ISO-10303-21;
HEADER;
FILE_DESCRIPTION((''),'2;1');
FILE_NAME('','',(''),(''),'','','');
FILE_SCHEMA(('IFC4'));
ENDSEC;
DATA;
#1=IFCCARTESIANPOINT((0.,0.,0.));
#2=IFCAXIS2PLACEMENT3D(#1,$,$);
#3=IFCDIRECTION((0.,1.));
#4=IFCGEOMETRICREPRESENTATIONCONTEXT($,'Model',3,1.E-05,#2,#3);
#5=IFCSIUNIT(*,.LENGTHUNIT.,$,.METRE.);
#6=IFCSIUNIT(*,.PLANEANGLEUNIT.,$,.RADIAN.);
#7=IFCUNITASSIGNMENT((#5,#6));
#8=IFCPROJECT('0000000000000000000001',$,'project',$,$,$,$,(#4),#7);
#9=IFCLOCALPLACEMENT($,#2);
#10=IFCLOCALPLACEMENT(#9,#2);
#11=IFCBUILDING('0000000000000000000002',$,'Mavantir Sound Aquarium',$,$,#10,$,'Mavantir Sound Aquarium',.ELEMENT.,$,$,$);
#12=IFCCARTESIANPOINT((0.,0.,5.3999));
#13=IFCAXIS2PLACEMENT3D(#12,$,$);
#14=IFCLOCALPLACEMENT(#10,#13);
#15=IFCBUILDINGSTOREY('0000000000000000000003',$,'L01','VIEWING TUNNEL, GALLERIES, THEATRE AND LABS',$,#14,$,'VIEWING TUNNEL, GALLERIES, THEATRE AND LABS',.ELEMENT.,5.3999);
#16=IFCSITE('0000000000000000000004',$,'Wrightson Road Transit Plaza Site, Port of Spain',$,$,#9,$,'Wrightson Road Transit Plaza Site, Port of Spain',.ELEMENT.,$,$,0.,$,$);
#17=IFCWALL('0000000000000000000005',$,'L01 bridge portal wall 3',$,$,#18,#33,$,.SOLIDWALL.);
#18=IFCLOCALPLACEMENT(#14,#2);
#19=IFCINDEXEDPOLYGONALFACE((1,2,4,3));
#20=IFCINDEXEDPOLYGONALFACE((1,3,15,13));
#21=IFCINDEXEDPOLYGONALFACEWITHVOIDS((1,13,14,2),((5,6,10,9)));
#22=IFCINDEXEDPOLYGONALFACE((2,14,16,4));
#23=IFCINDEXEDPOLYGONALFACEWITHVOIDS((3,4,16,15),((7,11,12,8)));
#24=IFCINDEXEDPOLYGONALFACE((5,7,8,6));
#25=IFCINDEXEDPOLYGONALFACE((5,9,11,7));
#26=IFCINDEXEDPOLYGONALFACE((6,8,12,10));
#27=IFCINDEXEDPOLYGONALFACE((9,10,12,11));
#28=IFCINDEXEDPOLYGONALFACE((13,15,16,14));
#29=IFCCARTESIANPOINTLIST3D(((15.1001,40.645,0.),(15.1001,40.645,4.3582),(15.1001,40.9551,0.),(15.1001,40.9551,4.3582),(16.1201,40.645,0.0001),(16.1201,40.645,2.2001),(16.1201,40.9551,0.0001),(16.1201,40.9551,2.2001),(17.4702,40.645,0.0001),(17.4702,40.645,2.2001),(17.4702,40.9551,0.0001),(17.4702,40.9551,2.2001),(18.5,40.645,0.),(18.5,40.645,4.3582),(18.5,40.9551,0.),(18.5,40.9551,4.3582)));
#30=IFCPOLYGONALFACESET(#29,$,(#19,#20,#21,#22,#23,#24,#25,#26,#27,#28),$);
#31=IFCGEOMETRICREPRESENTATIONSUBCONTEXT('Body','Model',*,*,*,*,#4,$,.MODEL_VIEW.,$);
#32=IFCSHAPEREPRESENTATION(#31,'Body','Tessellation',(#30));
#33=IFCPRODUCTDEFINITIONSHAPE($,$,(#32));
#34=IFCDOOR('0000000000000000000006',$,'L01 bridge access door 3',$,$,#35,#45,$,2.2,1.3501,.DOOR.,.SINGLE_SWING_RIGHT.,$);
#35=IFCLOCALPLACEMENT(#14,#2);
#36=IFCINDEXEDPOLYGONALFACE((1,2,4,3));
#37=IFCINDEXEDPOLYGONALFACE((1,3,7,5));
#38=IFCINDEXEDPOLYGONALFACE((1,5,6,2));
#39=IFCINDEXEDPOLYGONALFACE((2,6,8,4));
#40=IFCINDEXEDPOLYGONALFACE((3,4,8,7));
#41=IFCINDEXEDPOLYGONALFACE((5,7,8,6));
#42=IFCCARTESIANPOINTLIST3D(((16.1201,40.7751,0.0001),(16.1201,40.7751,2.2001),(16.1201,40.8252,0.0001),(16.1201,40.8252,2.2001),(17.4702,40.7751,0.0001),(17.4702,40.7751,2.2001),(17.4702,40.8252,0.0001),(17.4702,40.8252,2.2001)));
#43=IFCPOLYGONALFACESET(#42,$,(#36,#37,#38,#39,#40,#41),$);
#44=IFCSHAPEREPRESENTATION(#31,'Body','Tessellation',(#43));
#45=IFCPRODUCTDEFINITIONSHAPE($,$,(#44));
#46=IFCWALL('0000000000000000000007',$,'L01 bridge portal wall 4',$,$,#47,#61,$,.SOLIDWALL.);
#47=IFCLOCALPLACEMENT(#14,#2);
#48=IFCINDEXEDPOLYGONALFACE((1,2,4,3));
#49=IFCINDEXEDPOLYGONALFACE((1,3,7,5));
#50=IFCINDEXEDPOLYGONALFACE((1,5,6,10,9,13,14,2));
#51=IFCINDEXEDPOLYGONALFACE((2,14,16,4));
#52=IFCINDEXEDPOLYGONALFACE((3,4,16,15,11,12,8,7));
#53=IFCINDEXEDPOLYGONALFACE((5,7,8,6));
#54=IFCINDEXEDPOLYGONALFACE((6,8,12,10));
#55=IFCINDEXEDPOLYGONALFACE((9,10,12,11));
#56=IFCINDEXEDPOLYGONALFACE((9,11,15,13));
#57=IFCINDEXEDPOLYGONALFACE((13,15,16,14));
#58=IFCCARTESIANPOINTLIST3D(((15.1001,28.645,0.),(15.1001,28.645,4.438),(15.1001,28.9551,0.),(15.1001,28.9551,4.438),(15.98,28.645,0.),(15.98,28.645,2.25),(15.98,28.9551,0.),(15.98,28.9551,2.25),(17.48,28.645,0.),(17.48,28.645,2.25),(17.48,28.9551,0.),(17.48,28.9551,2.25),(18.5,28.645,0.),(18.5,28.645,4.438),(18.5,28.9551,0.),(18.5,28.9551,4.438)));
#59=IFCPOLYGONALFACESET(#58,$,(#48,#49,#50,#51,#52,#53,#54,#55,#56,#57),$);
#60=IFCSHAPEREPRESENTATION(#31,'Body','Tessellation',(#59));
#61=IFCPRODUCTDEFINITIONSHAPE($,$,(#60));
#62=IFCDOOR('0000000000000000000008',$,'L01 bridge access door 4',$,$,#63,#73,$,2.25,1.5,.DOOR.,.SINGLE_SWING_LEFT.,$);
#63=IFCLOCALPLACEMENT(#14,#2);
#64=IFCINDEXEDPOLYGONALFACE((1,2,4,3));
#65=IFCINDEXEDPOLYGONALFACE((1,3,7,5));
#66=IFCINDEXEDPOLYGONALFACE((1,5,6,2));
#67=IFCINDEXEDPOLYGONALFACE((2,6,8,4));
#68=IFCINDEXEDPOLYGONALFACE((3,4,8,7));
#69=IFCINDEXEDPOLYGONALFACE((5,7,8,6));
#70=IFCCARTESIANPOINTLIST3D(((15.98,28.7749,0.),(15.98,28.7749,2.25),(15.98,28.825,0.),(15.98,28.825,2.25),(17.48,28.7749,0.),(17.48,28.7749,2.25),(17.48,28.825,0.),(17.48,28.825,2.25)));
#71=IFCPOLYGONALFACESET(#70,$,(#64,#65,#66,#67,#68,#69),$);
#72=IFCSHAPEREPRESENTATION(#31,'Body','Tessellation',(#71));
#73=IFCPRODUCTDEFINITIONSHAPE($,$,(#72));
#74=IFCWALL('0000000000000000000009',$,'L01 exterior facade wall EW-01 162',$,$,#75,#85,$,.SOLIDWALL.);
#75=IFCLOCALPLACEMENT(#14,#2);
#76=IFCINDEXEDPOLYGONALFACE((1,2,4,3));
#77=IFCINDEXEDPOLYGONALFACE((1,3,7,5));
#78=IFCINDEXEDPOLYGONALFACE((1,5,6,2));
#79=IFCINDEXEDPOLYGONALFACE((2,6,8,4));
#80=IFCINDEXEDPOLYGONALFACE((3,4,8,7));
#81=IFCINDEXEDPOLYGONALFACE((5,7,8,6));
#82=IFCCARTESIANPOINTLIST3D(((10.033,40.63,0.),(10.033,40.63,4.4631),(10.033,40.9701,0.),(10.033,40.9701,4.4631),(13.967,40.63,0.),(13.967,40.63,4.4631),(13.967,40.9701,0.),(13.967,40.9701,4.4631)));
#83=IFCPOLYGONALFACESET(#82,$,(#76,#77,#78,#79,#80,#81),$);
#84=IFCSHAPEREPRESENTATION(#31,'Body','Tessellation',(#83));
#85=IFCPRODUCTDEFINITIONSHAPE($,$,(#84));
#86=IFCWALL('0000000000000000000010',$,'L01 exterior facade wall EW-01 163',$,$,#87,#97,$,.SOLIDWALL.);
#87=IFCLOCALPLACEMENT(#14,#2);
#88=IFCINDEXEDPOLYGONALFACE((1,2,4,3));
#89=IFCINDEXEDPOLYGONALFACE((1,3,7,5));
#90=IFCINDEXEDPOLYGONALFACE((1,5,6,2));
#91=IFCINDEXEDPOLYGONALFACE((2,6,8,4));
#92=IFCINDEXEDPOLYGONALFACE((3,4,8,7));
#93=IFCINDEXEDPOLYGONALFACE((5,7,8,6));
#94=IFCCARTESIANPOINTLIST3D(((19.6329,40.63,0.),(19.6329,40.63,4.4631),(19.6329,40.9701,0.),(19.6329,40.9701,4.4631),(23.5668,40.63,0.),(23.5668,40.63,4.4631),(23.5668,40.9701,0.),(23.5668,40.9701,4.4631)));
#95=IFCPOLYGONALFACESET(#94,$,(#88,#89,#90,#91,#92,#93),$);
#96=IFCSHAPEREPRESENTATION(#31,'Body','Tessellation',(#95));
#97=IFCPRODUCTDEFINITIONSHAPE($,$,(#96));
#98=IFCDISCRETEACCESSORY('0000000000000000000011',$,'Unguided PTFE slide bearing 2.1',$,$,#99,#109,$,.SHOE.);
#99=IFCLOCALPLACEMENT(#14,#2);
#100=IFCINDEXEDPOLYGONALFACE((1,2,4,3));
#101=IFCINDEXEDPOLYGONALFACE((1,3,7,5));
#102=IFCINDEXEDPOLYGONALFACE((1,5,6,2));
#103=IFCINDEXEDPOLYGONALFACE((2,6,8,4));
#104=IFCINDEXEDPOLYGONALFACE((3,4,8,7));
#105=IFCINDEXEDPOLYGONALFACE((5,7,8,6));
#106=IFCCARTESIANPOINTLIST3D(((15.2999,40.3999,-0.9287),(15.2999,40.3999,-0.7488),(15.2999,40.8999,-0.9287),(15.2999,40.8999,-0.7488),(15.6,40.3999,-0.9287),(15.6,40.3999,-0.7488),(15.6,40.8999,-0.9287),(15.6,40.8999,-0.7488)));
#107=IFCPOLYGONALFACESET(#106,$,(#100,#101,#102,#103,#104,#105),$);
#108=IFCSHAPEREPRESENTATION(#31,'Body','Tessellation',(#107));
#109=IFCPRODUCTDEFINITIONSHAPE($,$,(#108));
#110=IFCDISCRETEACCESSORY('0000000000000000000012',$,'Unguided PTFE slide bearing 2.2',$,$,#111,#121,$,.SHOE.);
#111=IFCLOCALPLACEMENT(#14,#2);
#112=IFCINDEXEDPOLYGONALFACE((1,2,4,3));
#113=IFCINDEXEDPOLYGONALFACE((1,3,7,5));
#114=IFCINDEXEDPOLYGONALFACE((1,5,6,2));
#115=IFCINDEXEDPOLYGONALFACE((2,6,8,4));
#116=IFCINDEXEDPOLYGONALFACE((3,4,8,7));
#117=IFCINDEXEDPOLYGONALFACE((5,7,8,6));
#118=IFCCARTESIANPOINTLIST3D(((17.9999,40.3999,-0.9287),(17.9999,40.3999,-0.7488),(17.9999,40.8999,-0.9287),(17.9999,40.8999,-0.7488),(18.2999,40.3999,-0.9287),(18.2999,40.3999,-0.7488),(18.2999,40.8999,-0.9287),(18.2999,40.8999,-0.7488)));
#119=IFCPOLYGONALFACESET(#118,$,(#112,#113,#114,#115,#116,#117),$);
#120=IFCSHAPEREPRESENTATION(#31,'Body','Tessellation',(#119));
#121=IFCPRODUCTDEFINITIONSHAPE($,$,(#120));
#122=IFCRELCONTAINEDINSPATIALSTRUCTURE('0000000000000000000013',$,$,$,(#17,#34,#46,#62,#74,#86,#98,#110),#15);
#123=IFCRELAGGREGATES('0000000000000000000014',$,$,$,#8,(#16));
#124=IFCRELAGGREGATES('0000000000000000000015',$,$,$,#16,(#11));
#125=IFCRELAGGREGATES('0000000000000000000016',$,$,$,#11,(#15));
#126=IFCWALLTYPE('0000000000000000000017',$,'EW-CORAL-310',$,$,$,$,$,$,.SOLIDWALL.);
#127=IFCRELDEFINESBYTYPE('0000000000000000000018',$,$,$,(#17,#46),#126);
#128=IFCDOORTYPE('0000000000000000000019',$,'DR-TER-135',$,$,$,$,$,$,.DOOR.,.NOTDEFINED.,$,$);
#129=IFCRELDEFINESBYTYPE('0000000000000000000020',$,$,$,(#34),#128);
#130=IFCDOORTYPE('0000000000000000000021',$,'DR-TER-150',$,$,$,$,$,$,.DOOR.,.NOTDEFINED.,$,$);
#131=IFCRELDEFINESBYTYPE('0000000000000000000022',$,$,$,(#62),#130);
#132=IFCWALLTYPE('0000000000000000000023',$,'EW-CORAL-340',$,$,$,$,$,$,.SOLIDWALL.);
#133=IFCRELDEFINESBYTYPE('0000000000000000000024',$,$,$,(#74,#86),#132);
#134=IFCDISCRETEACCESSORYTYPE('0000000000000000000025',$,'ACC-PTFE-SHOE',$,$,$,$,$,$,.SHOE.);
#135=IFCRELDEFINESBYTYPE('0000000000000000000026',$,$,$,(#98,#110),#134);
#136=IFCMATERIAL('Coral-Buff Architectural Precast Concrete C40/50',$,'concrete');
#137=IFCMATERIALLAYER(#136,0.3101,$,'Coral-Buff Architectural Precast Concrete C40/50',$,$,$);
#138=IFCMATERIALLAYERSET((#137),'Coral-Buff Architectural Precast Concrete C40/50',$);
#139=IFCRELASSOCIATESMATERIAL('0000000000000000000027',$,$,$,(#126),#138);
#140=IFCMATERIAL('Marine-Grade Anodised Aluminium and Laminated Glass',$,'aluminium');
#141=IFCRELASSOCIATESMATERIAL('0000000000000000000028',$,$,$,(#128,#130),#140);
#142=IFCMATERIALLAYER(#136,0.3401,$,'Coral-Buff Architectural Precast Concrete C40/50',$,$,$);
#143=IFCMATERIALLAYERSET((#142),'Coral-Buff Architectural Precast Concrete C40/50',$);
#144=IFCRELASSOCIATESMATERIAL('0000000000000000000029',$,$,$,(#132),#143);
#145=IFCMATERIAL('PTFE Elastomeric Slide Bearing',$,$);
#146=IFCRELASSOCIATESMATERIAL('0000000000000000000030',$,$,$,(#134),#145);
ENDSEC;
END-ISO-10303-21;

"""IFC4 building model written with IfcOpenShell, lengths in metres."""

from ifc_helpers import new_model, si_unit, direction, frame, frame_2d, origin, origin_2d, place, context, subcontext, project, spatial, rectangle, extrude, material, layer, layer_set, type_object, element, fill, save


model = new_model("IFC4")

# Units and contexts
model_context = context("Model", 3, precision=1e-05, world=origin(), true_north=direction((0.0, 1.0)))
body_context = subcontext(model_context, "Body", "Model", "MODEL_VIEW")
ifc_project = project(units=[si_unit("LENGTHUNIT", "METRE"), si_unit("PLANEANGLEUNIT", "RADIAN")], contexts=[model_context])

# Site, building, storey
site_placement = place(None, origin())
site = spatial("IfcSite", under=ifc_project, at=site_placement, Name="Wrightson Road Transit Plaza Site, Port of Spain", LongName="Wrightson Road Transit Plaza Site, Port of Spain", CompositionType="ELEMENT", RefElevation=0.0)
building_placement = place(site_placement, origin())
building = spatial("IfcBuilding", under=site, at=building_placement, Name="Mavantir Sound Aquarium", LongName="Mavantir Sound Aquarium", CompositionType="ELEMENT")
storey_placement = place(building_placement, frame((0.0, 0.0, 5.3999)))
storey = spatial("IfcBuildingStorey", under=building, at=storey_placement, Name="L01", Description="VIEWING TUNNEL, GALLERIES, THEATRE AND LABS", LongName="VIEWING TUNNEL, GALLERIES, THEATRE AND LABS", CompositionType="ELEMENT", Elevation=5.3999)

# Walls, openings, doors
ifc_material_1 = material(Name="Coral-Buff Architectural Precast Concrete C40/50", Category="concrete")
ifc_layer_1 = layer(ifc_material_1, 0.3101, Name="Coral-Buff Architectural Precast Concrete C40/50")
ifc_layer_set_1 = layer_set([ifc_layer_1], Name="Coral-Buff Architectural Precast Concrete C40/50")
wall_type_1 = type_object("IfcWallType", Name="EW-CORAL-310", PredefinedType="SOLIDWALL", material=ifc_layer_set_1)
wall_1_placement = place(storey_placement, frame((15.1001, 40.8, 0.0), z_axis=(0.0, 0.0, 1.0), x_axis=(1.0, 0.0, 0.0)))
wall_1 = element("IfcWall", 1, at=wall_1_placement, inside=storey, type_object=wall_type_1, Name="L01 bridge portal wall 3", PredefinedType="SOLIDWALL", context=body_context, shape_type="SweptSolid", body=[
    extrude(rectangle(XDim=3.3999, YDim=0.3101, at=frame_2d((1.7, 0.0))), origin(), (0.0, 0.0, 1.0), 4.3582),
])
opening_1_placement = place(wall_1_placement, frame((2.3701, 0.0, 0.0), z_axis=(0.0, 0.0, 1.0), x_axis=(-1.0, 0.0, 0.0)))
opening_1 = element("IfcOpeningElement", 2, at=opening_1_placement, cuts=wall_1, PredefinedType="OPENING", context=body_context, shape_type="SweptSolid", body=[
    extrude(rectangle(XDim=1.3501, YDim=2.2, at=frame_2d((0.675, 1.1001))), frame((0.0, 0.165, 0.0), z_axis=(0.0, -1.0, 0.0), x_axis=(1.0, 0.0, 0.0)), (0.0, 0.0, 1.0), 0.3301),
])
ifc_material_2 = material(Name="Marine-Grade Anodised Aluminium and Laminated Glass", Category="aluminium")
door_type_1 = type_object("IfcDoorType", Name="DR-TER-135", OperationType="NOTDEFINED", PredefinedType="DOOR", material=ifc_material_2)
door_1_placement = place(opening_1_placement, origin())
door_1 = element("IfcDoor", 3, at=door_1_placement, inside=storey, type_object=door_type_1, Name="L01 bridge access door 3", OperationType="SINGLE_SWING_RIGHT", OverallHeight=2.2, OverallWidth=1.3501, PredefinedType="DOOR", context=body_context, shape_type="SweptSolid", body=[
    extrude(rectangle(XDim=1.3501, YDim=2.2, at=frame_2d((0.675, 1.1001))), frame((0.0, 0.0249, 0.0), z_axis=(0.0, -1.0, 0.0), x_axis=(1.0, 0.0, 0.0)), (0.0, 0.0, 1.0), 0.05),
])
fill(opening_1, door_1)
wall_2_placement = place(storey_placement, frame((18.5, 28.8, 0.0), z_axis=(0.0, 0.0, 1.0), x_axis=(-1.0, 0.0, 0.0)))
wall_2 = element("IfcWall", 4, at=wall_2_placement, inside=storey, type_object=wall_type_1, Name="L01 bridge portal wall 4", PredefinedType="SOLIDWALL", context=body_context, shape_type="SweptSolid", body=[
    extrude(rectangle(XDim=3.3999, YDim=0.3101, at=frame_2d((1.7, 0.0))), origin(), (0.0, 0.0, 1.0), 4.438),
])
opening_2_placement = place(wall_2_placement, frame((2.52, 0.0, 0.0), z_axis=(0.0, 0.0, 1.0), x_axis=(-1.0, 0.0, 0.0)))
opening_2 = element("IfcOpeningElement", 5, at=opening_2_placement, cuts=wall_2, PredefinedType="OPENING", context=body_context, shape_type="SweptSolid", body=[
    extrude(rectangle(XDim=1.5, YDim=2.25, at=frame_2d((0.75, 1.125))), frame((0.0, 0.165, 0.0), z_axis=(0.0, -1.0, 0.0), x_axis=(1.0, 0.0, 0.0)), (0.0, 0.0, 1.0), 0.3301),
])
door_type_2 = type_object("IfcDoorType", Name="DR-TER-150", OperationType="NOTDEFINED", PredefinedType="DOOR", material=ifc_material_2)
door_2_placement = place(opening_2_placement, origin())
door_2 = element("IfcDoor", 6, at=door_2_placement, inside=storey, type_object=door_type_2, Name="L01 bridge access door 4", OperationType="SINGLE_SWING_LEFT", OverallHeight=2.25, OverallWidth=1.5, PredefinedType="DOOR", context=body_context, shape_type="SweptSolid", body=[
    extrude(rectangle(XDim=1.5, YDim=2.25, at=frame_2d((0.75, 1.125))), frame((0.0, 0.0249, 0.0), z_axis=(0.0, -1.0, 0.0), x_axis=(1.0, 0.0, 0.0)), (0.0, 0.0, 1.0), 0.05),
])
fill(opening_2, door_2)

# Walls
ifc_layer_2 = layer(ifc_material_1, 0.3401, Name="Coral-Buff Architectural Precast Concrete C40/50")
ifc_layer_set_2 = layer_set([ifc_layer_2], Name="Coral-Buff Architectural Precast Concrete C40/50")
wall_type_2 = type_object("IfcWallType", Name="EW-CORAL-340", PredefinedType="SOLIDWALL", material=ifc_layer_set_2)
wall_3_placement = place(storey_placement, frame((10.033, 40.8, 0.0), z_axis=(0.0, 0.0, 1.0), x_axis=(1.0, 0.0, 0.0)))
element("IfcWall", 7, at=wall_3_placement, inside=storey, type_object=wall_type_2, Name="L01 exterior facade wall EW-01 162", PredefinedType="SOLIDWALL", context=body_context, shape_type="SweptSolid", body=[
    extrude(rectangle(XDim=3.9341, YDim=0.3401, at=frame_2d((1.967, 0.0))), origin(), (0.0, 0.0, 1.0), 4.4631),
])
wall_4_placement = place(storey_placement, frame((19.6331, 40.8, 0.0), z_axis=(0.0, 0.0, 1.0), x_axis=(1.0, 0.0, 0.0)))
element("IfcWall", 8, at=wall_4_placement, inside=storey, type_object=wall_type_2, Name="L01 exterior facade wall EW-01 163", PredefinedType="SOLIDWALL", context=body_context, shape_type="SweptSolid", body=[
    extrude(rectangle(XDim=3.9338, YDim=0.3401, at=frame_2d((1.9668, 0.0))), origin(), (0.0, 0.0, 1.0), 4.4631),
])

# Discrete accessories
ifc_material_3 = material(Name="PTFE Elastomeric Slide Bearing")
discrete_accessory_type = type_object("IfcDiscreteAccessoryType", Name="ACC-PTFE-SHOE", PredefinedType="SHOE", material=ifc_material_3)
for number, where, z_axis, x_axis, name in (
    (9, (15.45, 40.6499, -0.9287), (0.0, 0.0, 1.0), (1.0, 0.0, 0.0), "Unguided PTFE slide bearing 2.1"),
    (10, (18.1499, 40.6499, -0.9287), (0.0, 0.0, 1.0), (1.0, 0.0, 0.0), "Unguided PTFE slide bearing 2.2"),
):
    element("IfcDiscreteAccessory", number, at=place(storey_placement, frame(where, z_axis=z_axis, x_axis=x_axis)), inside=storey, type_object=discrete_accessory_type, Name=name, PredefinedType="SHOE", context=body_context, shape_type="SweptSolid", body=[
        extrude(rectangle(XDim=0.3, YDim=0.5, at=origin_2d()), origin(), (0.0, 0.0, 1.0), 0.1799),
    ])

save(model, "model.ifc")
